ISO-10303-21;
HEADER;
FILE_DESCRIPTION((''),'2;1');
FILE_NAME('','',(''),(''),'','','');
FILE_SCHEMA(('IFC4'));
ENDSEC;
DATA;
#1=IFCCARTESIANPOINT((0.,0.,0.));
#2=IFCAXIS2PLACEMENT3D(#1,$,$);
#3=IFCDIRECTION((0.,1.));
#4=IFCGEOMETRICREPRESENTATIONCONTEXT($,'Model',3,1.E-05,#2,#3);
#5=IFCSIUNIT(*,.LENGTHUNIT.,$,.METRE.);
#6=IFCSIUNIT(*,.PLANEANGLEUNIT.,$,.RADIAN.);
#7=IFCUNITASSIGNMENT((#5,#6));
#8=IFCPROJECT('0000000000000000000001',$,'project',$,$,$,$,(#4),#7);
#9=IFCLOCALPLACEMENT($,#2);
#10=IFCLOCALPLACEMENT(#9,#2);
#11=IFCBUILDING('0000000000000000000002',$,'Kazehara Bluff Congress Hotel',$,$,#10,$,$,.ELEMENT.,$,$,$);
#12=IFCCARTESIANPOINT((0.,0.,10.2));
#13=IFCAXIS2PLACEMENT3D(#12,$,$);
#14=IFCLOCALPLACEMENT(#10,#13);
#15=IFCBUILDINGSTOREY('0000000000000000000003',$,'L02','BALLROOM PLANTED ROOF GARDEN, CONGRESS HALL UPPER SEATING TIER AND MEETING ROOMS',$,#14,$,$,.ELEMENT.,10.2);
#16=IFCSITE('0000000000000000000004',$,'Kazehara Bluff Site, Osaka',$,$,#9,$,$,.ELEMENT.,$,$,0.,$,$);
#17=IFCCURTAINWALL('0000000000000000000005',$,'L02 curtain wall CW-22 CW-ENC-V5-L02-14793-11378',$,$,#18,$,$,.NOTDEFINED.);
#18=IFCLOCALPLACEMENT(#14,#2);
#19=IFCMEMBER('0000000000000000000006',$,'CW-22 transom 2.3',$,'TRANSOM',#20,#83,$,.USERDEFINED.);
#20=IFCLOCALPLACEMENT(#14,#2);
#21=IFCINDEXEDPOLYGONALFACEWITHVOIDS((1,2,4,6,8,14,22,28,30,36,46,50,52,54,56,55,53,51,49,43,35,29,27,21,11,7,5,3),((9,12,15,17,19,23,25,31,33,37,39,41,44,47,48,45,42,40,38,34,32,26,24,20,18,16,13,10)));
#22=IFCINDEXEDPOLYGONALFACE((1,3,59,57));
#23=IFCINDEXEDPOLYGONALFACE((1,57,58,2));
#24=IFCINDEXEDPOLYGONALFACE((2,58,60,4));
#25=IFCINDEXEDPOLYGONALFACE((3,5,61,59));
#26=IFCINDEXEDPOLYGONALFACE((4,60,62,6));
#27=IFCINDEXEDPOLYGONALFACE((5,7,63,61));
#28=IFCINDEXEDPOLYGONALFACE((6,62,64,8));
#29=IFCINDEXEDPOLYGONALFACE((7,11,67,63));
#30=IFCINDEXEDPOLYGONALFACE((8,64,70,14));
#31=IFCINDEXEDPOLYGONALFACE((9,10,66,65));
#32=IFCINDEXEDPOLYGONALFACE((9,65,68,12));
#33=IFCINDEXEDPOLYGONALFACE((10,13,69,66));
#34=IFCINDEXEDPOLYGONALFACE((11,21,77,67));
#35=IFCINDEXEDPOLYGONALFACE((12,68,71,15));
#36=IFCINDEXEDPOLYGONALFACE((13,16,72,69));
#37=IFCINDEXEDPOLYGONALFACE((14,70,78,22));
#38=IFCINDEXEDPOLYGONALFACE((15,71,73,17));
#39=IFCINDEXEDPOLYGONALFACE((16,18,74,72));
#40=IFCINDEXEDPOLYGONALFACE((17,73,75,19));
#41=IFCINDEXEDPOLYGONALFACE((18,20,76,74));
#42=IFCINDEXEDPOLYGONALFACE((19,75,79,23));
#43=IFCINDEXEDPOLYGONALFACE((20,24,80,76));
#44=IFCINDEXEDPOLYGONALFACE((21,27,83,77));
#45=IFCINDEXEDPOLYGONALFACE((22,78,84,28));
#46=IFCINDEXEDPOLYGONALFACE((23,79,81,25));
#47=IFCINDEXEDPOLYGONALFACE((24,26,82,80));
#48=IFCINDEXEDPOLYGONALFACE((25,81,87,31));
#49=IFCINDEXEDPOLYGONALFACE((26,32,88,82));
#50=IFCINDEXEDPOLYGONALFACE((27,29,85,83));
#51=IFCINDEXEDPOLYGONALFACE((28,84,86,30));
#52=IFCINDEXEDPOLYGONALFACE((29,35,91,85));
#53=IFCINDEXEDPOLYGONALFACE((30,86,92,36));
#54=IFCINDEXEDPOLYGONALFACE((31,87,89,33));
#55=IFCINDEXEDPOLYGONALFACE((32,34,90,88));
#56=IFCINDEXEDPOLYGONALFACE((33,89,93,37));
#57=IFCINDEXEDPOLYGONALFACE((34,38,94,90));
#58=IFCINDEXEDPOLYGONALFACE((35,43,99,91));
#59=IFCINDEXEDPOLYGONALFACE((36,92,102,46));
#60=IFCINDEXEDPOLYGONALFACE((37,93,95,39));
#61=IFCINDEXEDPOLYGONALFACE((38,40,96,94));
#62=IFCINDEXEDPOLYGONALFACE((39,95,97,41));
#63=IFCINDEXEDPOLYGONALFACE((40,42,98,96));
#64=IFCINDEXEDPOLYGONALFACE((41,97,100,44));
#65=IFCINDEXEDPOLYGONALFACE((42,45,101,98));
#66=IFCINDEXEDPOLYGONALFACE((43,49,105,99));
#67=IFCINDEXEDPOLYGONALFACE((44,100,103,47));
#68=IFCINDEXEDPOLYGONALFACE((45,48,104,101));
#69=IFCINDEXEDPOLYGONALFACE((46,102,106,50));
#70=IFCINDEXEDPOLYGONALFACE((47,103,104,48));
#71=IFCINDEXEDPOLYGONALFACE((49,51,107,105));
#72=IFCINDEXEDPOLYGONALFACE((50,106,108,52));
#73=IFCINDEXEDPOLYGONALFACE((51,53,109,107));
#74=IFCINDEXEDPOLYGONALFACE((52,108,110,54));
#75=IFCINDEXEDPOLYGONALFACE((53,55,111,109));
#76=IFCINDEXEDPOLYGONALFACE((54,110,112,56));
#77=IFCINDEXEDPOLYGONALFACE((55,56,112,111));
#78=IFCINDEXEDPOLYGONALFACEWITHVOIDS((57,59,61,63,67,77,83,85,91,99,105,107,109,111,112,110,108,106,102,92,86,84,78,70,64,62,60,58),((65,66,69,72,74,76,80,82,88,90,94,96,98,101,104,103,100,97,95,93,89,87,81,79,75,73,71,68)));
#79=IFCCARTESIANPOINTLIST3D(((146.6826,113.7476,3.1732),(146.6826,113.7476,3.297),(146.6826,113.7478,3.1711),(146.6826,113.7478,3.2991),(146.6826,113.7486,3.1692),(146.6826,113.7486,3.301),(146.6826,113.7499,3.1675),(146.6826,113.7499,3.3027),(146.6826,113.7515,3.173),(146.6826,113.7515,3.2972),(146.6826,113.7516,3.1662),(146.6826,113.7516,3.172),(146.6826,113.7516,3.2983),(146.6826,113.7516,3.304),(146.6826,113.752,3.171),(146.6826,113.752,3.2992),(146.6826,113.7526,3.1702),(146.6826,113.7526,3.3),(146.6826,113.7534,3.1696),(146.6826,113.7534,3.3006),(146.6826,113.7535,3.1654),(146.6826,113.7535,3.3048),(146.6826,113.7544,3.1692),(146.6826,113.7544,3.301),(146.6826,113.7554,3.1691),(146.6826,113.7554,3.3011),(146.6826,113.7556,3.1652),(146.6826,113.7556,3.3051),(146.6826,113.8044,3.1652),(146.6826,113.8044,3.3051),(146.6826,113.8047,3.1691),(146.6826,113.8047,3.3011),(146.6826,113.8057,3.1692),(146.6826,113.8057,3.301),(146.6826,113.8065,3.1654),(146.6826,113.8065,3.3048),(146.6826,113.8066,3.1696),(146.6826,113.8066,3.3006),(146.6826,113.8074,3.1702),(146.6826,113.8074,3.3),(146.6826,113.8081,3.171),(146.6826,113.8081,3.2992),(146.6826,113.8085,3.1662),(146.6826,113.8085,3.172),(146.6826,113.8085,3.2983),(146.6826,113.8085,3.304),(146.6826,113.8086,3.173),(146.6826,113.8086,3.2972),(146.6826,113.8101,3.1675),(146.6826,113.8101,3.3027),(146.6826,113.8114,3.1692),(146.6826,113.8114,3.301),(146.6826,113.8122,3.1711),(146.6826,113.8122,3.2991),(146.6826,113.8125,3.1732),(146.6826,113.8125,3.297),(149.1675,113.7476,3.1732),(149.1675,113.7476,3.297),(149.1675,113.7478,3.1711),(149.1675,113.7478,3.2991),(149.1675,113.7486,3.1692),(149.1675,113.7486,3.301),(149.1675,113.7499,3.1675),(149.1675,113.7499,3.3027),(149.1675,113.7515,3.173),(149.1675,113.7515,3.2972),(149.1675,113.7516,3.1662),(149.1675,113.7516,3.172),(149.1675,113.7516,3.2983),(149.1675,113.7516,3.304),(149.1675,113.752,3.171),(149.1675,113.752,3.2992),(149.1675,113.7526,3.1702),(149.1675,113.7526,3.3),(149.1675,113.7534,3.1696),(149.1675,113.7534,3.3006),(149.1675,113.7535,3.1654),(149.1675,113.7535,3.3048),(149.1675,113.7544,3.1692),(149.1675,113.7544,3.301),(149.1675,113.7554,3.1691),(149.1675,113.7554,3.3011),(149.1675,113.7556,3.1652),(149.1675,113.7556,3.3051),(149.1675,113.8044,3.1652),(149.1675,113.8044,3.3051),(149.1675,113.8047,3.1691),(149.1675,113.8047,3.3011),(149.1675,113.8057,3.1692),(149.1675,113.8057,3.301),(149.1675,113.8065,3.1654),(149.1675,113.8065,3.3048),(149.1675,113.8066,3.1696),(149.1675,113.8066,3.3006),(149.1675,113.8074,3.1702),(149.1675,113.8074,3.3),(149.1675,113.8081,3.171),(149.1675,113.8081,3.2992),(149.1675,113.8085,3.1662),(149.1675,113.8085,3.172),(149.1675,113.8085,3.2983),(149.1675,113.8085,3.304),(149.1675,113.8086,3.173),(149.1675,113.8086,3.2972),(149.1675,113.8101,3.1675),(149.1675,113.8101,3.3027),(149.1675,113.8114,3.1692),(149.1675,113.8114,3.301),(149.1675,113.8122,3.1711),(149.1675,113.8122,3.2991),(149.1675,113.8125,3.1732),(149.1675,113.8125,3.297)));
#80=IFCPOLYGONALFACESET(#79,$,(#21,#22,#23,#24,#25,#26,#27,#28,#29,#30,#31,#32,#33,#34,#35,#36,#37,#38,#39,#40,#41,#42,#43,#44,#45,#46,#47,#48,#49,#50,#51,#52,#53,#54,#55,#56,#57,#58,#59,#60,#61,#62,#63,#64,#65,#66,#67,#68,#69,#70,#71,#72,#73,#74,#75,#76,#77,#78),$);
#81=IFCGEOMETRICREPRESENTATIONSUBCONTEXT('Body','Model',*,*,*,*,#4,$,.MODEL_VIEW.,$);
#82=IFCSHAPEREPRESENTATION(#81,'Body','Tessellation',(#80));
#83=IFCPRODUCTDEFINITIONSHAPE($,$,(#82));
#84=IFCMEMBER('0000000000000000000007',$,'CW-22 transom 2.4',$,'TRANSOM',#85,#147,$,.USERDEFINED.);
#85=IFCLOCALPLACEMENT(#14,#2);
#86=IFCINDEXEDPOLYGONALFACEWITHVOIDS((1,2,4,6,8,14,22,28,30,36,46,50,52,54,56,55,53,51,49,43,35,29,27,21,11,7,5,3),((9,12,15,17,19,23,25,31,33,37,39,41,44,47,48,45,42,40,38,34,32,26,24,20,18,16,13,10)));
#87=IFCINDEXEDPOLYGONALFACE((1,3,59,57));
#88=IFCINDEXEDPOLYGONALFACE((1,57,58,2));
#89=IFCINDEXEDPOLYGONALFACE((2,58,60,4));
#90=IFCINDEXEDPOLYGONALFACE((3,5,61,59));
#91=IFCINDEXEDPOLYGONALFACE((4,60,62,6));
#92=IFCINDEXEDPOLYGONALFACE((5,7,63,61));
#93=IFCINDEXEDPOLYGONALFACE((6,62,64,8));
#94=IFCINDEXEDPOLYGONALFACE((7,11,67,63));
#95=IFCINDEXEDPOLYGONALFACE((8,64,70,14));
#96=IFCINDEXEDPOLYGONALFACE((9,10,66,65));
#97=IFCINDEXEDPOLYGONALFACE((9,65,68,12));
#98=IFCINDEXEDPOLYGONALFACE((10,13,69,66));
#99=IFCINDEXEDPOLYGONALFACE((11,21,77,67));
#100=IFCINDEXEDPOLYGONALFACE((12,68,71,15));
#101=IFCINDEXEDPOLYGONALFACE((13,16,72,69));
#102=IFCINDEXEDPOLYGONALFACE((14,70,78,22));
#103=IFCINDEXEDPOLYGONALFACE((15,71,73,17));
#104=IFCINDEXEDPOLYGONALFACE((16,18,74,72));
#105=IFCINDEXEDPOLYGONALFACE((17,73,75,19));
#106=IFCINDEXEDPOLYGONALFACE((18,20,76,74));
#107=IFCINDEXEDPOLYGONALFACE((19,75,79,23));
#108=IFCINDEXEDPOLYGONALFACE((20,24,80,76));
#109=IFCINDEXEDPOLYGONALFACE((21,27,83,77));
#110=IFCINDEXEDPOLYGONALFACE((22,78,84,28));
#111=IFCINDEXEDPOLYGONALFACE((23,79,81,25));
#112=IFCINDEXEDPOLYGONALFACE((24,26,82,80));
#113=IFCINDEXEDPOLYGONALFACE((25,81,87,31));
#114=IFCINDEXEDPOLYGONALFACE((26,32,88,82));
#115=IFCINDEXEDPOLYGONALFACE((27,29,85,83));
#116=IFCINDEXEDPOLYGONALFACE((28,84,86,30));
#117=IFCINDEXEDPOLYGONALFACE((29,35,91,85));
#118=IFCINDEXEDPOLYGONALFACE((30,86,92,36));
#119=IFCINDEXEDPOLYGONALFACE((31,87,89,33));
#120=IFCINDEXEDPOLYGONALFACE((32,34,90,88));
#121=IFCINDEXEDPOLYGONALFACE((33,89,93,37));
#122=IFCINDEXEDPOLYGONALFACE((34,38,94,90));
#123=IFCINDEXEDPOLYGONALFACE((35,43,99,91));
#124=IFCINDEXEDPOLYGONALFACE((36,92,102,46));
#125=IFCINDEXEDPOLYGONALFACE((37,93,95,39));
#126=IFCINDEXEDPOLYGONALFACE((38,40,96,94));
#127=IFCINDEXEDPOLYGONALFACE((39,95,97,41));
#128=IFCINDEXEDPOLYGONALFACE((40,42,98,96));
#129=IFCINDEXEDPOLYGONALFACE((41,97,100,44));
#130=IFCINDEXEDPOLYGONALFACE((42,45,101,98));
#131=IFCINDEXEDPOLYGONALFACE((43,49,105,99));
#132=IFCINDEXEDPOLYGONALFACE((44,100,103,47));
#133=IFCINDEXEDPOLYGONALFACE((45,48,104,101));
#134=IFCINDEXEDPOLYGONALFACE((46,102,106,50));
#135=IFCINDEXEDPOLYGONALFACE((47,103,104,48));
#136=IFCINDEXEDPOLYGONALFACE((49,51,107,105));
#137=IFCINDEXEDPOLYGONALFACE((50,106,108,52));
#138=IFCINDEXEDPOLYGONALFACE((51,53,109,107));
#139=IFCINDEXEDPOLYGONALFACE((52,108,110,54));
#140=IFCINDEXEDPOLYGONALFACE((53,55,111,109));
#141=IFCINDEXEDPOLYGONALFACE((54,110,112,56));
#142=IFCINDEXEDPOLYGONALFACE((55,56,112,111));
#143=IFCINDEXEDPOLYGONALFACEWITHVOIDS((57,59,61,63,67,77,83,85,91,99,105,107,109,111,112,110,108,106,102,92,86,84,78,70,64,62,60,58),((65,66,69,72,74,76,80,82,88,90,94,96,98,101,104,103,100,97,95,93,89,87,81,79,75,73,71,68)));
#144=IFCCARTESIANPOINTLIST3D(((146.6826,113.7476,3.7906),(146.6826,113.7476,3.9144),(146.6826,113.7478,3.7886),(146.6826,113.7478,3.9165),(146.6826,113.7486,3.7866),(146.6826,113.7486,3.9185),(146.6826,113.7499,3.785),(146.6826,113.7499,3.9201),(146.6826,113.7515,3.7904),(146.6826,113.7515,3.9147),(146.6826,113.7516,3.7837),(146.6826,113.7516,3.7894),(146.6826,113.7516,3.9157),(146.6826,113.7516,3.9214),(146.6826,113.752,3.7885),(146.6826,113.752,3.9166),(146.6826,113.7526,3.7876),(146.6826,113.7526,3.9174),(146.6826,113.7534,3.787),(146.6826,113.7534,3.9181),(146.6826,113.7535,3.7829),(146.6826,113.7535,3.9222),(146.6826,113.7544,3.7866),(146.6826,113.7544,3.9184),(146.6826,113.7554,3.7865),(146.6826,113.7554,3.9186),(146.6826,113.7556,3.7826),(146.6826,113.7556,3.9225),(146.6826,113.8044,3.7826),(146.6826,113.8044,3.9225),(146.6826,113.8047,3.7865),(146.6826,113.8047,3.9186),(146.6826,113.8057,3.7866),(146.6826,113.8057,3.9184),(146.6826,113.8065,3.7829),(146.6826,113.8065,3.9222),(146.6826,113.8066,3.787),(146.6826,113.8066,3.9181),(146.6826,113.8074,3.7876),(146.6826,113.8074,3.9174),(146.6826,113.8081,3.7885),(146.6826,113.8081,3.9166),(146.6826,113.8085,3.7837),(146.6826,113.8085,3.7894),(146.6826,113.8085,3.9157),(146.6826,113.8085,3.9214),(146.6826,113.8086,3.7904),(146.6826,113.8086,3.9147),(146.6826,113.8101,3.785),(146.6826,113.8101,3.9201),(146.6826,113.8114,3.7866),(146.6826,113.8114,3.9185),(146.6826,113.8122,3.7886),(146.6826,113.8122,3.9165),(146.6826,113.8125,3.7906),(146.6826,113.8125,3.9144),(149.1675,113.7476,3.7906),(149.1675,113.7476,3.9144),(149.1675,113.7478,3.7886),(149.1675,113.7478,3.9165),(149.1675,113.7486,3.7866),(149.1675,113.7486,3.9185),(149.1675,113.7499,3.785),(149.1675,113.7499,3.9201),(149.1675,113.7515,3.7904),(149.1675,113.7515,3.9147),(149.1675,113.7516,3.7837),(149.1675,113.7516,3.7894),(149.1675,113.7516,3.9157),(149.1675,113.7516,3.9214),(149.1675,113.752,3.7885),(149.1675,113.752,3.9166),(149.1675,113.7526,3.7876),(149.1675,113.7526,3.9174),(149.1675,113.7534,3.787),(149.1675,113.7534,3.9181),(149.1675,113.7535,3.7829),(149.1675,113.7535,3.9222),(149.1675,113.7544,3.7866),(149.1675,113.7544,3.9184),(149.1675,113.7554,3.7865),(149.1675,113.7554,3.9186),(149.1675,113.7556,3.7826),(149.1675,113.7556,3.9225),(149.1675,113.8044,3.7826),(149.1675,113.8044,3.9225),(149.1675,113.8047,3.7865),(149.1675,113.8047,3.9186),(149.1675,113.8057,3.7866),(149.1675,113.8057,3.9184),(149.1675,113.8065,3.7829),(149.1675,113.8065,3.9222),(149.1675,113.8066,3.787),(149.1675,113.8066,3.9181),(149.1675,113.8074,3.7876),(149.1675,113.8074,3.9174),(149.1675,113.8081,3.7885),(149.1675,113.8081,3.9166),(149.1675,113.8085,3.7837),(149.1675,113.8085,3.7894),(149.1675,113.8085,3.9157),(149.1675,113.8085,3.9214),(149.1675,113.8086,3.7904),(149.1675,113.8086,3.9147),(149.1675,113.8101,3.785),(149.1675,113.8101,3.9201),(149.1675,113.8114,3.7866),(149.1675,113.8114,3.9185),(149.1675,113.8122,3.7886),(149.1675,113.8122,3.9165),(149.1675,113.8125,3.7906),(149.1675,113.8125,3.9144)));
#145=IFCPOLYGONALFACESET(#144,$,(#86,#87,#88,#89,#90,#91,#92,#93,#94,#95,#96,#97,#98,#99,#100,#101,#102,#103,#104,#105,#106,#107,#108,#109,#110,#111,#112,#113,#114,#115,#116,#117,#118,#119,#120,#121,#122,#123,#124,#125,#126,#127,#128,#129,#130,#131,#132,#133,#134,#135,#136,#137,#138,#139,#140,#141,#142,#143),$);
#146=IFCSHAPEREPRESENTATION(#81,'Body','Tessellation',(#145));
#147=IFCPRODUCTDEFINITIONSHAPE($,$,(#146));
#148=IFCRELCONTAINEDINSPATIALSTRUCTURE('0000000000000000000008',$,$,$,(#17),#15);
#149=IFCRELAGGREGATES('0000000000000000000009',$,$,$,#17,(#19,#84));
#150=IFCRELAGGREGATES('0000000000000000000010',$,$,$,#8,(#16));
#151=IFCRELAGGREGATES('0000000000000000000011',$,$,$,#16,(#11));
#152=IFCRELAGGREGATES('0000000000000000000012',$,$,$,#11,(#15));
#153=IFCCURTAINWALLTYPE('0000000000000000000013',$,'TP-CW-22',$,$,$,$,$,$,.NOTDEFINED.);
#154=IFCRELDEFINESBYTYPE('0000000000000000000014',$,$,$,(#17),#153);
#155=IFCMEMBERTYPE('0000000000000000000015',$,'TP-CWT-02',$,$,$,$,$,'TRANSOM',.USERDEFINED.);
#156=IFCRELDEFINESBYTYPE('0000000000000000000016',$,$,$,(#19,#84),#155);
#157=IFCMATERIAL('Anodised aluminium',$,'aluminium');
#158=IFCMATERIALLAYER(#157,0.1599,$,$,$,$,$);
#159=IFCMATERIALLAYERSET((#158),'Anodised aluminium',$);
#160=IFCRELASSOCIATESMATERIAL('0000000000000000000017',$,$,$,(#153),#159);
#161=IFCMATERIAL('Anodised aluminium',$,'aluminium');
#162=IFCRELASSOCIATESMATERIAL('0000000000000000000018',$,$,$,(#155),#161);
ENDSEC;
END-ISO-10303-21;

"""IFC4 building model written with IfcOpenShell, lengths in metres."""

from ifc_helpers import new_model, si_unit, direction, frame, origin, origin_2d, place, context, subcontext, project, spatial, hollow_rectangle, extrude, material, layer, layer_set, material_profile, profile_set, type_object, element, aggregate, save


model = new_model("IFC4")

# Units and contexts
model_context = context("Model", 3, precision=1e-05, world=origin(), true_north=direction((0.0, 1.0)))
body_context = subcontext(model_context, "Body", "Model", "MODEL_VIEW")
ifc_project = project(units=[si_unit("LENGTHUNIT", "METRE"), si_unit("PLANEANGLEUNIT", "RADIAN")], contexts=[model_context])

# Site, building, storey
site_placement = place(None, origin())
site = spatial("IfcSite", under=ifc_project, at=site_placement, Name="Kazehara Bluff Site, Osaka", CompositionType="ELEMENT", RefElevation=0.0)
building_placement = place(site_placement, origin())
building = spatial("IfcBuilding", under=site, at=building_placement, Name="Kazehara Bluff Congress Hotel", CompositionType="ELEMENT")
storey_placement = place(building_placement, frame((0.0, 0.0, 10.2)))
storey = spatial("IfcBuildingStorey", under=building, at=storey_placement, Name="L02", Description="BALLROOM PLANTED ROOF GARDEN, CONGRESS HALL UPPER SEATING TIER AND MEETING ROOMS", CompositionType="ELEMENT", Elevation=10.2)

# Curtain wall
ifc_material_1 = material(Name="Anodised aluminium", Category="aluminium")
ifc_layer_1 = layer(ifc_material_1, 0.1599)
ifc_layer_set_1 = layer_set([ifc_layer_1], Name="Anodised aluminium")
curtain_wall_type_1 = type_object("IfcCurtainWallType", Name="TP-CW-22", PredefinedType="NOTDEFINED", material=ifc_layer_set_1)
curtain_wall_1_placement = place(storey_placement, origin())
curtain_wall_1 = element("IfcCurtainWall", 1, at=curtain_wall_1_placement, inside=storey, type_object=curtain_wall_type_1, Name="L02 curtain wall CW-22 CW-ENC-V5-L02-14793-11378", PredefinedType="NOTDEFINED")

# Members
ifc_material_2 = material(Name="Anodised aluminium", Category="aluminium")
ifc_material_profile_1 = material_profile(ifc_material_2, hollow_rectangle(XDim=0.0649, YDim=0.1399, WallThickness=0.0039, InnerFilletRadius=0.0039, OuterFilletRadius=0.0081, at=origin_2d()))
ifc_profile_set_1 = profile_set([ifc_material_profile_1], Name="Anodised aluminium")
member_type_1 = type_object("IfcMemberType", Name="TP-CWT-02", ElementType="TRANSOM", PredefinedType="USERDEFINED", material=ifc_profile_set_1)
member_1_placement = place(storey_placement, frame((146.6826, 113.78, 3.2351), z_axis=(1.0, 0.0, 0.0), x_axis=(0.0, 1.0, 0.0)))
member_1 = element("IfcMember", 2, at=member_1_placement, type_object=member_type_1, Name="CW-22 transom 2.3", ObjectType="TRANSOM", PredefinedType="USERDEFINED", context=body_context, shape_type="SweptSolid", body=[
    extrude(hollow_rectangle(XDim=0.0649, YDim=0.1399, WallThickness=0.0039, InnerFilletRadius=0.0039, OuterFilletRadius=0.0081, at=origin_2d()), origin(), (0.0, 0.0, 1.0), 2.4849),
])
member_2_placement = place(storey_placement, frame((146.6826, 113.78, 3.8525), z_axis=(1.0, 0.0, 0.0), x_axis=(0.0, 1.0, 0.0)))
member_2 = element("IfcMember", 3, at=member_2_placement, type_object=member_type_1, Name="CW-22 transom 2.4", ObjectType="TRANSOM", PredefinedType="USERDEFINED", context=body_context, shape_type="SweptSolid", body=[
    extrude(hollow_rectangle(XDim=0.0649, YDim=0.1399, WallThickness=0.0039, InnerFilletRadius=0.0039, OuterFilletRadius=0.0081, at=origin_2d()), origin(), (0.0, 0.0, 1.0), 2.4849),
])

aggregate(curtain_wall_1, [member_1, member_2])

save(model, "model.ifc")
